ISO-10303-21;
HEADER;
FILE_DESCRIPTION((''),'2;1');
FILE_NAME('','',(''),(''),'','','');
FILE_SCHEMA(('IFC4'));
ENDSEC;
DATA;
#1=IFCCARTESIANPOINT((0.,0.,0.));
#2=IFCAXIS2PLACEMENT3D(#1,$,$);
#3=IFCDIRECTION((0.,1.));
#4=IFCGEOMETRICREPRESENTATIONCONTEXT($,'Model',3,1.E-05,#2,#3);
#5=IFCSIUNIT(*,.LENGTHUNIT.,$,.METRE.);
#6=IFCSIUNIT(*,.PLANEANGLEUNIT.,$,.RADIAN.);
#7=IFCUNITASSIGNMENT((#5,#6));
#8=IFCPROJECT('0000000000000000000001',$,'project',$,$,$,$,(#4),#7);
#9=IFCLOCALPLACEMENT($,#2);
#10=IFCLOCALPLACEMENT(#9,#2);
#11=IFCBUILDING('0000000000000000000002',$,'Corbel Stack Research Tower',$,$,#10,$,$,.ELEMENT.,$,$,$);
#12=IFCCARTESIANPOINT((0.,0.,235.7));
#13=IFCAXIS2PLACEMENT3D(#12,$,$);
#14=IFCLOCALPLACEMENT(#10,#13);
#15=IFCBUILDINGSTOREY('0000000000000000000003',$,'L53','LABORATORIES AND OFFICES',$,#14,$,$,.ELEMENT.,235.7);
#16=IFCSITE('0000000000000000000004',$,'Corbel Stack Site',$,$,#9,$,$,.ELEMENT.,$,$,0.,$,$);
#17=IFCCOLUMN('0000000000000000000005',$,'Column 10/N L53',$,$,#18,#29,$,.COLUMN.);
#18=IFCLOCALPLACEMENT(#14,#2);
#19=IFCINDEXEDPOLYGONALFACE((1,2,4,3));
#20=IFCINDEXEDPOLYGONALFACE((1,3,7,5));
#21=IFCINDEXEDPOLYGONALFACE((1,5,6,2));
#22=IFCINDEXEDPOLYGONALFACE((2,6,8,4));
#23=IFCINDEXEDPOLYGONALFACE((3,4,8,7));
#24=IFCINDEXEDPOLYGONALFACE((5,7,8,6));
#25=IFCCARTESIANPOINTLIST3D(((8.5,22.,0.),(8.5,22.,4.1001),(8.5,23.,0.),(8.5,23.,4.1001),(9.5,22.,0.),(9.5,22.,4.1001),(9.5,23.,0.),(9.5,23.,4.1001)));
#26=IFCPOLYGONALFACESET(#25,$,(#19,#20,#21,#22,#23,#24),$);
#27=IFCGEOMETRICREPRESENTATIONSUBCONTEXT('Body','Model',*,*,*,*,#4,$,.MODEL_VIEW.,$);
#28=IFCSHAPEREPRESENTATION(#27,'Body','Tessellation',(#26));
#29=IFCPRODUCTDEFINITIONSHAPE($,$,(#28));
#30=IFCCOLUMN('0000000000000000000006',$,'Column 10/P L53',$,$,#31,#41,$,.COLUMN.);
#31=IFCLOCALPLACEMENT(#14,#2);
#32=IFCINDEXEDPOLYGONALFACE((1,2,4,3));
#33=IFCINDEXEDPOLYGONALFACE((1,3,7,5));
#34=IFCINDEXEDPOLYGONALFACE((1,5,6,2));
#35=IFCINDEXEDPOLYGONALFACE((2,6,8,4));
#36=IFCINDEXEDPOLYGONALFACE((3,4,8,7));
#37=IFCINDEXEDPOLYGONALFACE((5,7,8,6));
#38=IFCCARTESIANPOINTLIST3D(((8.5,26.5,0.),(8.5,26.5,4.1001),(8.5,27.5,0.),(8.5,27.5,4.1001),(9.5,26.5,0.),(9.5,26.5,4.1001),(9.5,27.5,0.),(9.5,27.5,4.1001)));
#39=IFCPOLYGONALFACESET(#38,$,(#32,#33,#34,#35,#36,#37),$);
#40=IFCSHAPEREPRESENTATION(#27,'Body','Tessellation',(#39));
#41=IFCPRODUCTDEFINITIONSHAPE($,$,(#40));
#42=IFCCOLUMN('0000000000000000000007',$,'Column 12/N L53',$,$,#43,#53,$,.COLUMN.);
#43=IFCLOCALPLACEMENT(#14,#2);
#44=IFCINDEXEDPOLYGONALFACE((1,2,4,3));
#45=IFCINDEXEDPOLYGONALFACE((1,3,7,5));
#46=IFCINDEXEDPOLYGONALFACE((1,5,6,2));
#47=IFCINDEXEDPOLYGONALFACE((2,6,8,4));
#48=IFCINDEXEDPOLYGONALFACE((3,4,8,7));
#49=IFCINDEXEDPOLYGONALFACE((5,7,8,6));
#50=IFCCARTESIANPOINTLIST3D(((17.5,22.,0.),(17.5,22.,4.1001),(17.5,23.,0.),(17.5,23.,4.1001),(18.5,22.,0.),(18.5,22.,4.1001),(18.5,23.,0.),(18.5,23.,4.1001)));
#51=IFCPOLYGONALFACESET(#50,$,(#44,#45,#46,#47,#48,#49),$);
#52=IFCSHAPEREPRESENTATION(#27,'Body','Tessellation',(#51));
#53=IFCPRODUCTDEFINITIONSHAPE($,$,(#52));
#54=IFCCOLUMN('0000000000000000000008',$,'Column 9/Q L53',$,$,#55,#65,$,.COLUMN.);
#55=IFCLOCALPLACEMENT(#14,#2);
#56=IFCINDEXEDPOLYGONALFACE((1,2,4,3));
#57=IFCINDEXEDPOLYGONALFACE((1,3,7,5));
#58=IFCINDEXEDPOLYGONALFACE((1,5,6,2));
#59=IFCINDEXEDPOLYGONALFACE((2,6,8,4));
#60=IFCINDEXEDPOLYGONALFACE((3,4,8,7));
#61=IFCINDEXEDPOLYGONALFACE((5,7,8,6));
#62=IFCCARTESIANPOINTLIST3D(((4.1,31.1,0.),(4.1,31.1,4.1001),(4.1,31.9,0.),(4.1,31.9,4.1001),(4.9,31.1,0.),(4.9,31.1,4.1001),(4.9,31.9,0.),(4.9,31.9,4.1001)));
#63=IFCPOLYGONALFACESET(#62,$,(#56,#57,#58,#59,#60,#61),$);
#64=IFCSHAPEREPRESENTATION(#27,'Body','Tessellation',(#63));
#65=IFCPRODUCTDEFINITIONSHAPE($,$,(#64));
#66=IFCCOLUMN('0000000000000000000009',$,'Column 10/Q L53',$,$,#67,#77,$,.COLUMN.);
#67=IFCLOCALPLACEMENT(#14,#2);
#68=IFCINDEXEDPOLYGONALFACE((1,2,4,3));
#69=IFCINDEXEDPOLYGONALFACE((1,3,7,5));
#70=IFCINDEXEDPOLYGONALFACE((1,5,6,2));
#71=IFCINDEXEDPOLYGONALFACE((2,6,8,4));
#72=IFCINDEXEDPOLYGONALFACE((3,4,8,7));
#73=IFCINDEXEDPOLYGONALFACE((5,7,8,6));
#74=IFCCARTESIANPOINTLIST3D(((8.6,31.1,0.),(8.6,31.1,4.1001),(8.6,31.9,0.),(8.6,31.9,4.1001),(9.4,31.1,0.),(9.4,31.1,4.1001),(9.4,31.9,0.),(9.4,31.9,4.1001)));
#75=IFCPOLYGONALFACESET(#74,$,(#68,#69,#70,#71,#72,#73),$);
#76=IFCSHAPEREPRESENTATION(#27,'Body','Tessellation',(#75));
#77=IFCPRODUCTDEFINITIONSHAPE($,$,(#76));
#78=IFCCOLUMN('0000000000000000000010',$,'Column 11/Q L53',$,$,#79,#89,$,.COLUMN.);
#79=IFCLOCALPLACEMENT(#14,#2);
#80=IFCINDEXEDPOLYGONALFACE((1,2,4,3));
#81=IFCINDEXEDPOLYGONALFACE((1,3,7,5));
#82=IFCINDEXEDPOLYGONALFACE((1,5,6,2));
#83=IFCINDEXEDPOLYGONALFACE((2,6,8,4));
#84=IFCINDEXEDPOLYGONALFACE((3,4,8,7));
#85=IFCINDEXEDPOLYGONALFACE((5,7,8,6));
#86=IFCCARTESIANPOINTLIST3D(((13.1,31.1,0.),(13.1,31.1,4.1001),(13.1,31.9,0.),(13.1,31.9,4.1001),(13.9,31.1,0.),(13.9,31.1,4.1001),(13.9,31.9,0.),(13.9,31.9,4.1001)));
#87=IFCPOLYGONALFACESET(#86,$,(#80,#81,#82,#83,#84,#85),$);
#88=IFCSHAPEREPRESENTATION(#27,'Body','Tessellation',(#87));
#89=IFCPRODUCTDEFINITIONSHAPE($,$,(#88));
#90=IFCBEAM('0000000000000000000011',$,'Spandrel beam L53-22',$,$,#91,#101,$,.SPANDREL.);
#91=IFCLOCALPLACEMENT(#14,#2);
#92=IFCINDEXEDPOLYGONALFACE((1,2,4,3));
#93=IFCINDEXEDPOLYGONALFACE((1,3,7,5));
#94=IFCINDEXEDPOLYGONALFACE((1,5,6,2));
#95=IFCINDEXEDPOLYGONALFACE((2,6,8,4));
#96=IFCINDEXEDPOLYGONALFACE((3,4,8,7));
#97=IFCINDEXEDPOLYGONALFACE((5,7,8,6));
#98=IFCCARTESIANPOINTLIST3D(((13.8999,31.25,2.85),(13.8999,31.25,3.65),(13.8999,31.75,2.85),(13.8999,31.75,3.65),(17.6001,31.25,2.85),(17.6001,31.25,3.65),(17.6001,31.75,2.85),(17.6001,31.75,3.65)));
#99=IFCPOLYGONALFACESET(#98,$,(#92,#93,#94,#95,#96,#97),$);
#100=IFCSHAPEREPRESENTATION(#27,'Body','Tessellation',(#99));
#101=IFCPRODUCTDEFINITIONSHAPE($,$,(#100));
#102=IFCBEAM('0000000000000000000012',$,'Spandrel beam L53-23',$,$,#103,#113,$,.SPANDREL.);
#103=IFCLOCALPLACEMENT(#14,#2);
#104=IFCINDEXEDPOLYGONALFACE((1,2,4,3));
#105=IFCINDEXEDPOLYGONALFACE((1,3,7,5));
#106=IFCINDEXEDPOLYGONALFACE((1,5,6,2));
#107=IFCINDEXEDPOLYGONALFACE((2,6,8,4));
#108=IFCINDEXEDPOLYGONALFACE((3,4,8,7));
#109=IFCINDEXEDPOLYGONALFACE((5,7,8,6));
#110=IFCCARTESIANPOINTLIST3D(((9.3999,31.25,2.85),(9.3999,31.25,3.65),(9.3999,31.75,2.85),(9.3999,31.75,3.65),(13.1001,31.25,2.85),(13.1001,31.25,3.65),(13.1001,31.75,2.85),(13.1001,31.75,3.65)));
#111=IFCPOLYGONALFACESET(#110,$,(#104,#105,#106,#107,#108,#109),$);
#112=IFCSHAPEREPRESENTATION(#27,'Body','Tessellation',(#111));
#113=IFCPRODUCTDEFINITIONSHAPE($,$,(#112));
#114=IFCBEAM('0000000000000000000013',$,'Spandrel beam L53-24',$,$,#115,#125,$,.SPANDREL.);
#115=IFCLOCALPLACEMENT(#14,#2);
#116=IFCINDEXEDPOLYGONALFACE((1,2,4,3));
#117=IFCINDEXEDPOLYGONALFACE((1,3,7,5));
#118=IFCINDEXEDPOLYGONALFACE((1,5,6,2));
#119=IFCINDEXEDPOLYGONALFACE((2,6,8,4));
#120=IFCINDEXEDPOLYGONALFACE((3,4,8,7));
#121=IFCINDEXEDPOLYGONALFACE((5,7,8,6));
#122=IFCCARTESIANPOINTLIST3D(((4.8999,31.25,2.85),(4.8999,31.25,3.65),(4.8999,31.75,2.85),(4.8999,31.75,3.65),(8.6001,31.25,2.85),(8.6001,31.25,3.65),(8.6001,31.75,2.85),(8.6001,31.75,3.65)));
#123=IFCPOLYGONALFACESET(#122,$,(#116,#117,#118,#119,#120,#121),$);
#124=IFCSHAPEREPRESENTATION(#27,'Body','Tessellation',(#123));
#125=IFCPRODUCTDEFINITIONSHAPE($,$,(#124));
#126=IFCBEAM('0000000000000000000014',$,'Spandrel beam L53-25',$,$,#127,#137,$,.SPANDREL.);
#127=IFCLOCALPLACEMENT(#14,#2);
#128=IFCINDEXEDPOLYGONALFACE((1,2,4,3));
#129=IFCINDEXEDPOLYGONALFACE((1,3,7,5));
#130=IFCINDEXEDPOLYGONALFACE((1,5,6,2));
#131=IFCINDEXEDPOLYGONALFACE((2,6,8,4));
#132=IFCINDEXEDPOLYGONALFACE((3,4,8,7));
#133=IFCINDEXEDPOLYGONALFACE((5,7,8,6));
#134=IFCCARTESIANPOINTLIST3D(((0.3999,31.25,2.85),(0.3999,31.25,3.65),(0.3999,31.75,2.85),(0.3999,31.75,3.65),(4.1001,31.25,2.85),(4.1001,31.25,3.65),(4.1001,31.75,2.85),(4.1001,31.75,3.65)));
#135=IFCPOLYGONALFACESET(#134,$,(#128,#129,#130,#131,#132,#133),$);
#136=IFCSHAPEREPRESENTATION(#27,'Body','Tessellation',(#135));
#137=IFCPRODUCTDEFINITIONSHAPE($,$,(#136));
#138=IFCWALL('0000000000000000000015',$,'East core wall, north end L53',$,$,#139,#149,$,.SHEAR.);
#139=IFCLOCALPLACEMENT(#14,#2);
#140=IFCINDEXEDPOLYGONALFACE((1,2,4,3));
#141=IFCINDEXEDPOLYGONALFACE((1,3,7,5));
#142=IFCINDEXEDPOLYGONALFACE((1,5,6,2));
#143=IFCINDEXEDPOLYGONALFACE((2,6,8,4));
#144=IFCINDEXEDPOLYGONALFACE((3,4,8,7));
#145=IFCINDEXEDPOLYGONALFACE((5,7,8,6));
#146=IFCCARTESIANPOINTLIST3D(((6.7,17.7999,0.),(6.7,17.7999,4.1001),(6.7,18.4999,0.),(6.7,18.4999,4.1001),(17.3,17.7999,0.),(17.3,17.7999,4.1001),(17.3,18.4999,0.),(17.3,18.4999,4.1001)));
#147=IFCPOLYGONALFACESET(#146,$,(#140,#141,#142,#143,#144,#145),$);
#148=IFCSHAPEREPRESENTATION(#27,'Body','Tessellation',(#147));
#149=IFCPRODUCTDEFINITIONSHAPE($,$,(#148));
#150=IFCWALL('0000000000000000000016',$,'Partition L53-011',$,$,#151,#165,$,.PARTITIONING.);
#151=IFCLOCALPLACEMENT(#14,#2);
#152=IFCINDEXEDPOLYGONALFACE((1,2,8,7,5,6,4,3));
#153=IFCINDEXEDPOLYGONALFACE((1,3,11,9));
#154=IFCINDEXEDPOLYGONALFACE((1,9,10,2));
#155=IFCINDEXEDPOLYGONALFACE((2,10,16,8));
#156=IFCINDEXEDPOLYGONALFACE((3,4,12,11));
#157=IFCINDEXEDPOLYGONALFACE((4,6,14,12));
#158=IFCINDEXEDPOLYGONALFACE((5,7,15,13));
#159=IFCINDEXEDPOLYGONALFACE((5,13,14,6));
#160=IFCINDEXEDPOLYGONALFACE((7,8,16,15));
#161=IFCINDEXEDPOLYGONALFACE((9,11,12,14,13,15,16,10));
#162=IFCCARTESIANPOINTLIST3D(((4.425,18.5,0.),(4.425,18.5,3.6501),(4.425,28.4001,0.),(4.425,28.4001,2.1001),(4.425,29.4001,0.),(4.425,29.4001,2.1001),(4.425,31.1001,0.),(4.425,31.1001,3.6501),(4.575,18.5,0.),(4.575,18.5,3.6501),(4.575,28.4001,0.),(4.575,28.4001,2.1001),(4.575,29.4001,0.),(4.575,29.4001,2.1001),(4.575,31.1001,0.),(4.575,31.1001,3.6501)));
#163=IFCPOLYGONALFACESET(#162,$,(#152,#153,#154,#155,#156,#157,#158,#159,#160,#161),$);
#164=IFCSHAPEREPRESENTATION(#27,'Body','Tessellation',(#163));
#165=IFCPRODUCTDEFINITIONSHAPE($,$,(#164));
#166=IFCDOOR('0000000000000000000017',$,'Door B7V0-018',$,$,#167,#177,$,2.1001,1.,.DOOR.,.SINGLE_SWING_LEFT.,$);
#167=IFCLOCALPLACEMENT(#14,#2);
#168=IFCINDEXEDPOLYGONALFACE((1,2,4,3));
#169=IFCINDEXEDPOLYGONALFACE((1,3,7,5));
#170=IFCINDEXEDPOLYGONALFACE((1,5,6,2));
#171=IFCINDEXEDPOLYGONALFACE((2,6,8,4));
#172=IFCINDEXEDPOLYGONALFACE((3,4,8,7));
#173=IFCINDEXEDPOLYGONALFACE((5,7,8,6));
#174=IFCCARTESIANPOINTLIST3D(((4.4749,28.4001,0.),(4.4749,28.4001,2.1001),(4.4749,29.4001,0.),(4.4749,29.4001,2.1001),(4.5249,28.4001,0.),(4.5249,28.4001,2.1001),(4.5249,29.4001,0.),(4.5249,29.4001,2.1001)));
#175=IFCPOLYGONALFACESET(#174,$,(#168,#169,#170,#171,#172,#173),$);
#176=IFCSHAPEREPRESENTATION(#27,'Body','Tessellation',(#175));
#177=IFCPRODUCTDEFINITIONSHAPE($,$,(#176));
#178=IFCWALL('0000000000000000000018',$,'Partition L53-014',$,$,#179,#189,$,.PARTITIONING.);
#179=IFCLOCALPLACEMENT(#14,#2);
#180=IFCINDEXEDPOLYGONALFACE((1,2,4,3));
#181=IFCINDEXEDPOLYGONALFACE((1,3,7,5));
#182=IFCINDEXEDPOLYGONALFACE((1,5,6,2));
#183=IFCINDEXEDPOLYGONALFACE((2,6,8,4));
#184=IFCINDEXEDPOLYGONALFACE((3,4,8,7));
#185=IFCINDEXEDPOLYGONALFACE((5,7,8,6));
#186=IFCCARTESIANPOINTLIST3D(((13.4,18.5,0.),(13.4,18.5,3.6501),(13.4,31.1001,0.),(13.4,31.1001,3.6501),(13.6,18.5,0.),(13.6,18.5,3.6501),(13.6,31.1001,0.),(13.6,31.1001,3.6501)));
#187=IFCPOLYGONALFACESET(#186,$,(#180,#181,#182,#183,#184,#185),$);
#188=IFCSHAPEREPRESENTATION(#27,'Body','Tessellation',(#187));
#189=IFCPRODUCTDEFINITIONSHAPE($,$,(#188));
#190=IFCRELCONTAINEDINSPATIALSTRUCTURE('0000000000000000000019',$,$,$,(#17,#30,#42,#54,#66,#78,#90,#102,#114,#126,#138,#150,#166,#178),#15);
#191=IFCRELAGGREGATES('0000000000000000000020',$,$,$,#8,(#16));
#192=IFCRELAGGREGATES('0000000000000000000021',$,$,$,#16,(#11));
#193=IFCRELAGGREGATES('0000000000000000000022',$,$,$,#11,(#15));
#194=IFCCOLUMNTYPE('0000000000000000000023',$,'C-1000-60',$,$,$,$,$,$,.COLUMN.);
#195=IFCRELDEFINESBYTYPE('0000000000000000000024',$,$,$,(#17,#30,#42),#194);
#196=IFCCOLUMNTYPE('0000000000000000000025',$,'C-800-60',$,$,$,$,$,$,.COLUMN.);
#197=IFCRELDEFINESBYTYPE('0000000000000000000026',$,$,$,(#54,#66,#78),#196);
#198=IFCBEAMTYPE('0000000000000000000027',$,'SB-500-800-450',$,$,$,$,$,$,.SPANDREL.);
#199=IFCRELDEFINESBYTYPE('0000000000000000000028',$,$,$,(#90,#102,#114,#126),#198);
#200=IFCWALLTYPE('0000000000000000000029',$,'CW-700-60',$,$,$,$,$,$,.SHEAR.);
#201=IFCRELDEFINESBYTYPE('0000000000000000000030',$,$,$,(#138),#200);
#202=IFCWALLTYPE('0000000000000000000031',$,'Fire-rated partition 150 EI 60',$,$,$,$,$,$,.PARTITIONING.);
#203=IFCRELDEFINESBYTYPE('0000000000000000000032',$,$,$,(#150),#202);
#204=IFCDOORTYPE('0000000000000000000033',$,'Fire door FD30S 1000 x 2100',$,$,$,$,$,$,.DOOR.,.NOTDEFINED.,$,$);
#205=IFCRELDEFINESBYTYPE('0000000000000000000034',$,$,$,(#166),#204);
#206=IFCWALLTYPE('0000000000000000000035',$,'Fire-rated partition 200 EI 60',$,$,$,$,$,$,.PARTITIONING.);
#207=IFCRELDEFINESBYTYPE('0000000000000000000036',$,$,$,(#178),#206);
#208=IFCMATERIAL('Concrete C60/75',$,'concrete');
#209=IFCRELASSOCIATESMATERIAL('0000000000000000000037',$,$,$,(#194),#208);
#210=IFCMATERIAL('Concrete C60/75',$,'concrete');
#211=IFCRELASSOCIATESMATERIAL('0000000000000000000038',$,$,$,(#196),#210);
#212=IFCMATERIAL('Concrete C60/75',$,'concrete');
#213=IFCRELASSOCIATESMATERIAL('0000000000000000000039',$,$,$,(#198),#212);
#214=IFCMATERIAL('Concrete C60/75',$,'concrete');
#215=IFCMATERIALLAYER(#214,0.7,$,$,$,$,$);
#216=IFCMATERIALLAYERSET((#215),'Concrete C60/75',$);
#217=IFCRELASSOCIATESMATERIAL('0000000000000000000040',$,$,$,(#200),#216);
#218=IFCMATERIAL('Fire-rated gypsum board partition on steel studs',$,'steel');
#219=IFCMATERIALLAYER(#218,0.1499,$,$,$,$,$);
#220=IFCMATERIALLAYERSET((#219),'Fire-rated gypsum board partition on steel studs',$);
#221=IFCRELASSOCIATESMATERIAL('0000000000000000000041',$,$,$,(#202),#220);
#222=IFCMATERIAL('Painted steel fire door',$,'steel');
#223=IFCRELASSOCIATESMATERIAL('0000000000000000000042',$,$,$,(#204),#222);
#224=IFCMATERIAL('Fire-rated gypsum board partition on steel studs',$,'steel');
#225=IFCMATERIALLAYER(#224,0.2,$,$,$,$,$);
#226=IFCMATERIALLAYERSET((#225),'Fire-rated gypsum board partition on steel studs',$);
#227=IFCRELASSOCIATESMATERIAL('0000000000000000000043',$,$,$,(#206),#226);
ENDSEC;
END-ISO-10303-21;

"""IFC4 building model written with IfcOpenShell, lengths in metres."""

from ifc_helpers import new_model, si_unit, direction, frame, frame_2d, origin, origin_2d, place, context, subcontext, project, spatial, rectangle, extrude, material, layer, layer_set, material_profile, profile_set, type_object, element, fill, save


model = new_model("IFC4")

# Units and contexts
model_context = context("Model", 3, precision=1e-05, world=origin(), true_north=direction((0.0, 1.0)))
body_context = subcontext(model_context, "Body", "Model", "MODEL_VIEW")
ifc_project = project(units=[si_unit("LENGTHUNIT", "METRE"), si_unit("PLANEANGLEUNIT", "RADIAN")], contexts=[model_context])

# Site, building, storey
site_placement = place(None, origin())
site = spatial("IfcSite", under=ifc_project, at=site_placement, Name="Corbel Stack Site", CompositionType="ELEMENT", RefElevation=0.0)
building_placement = place(site_placement, origin())
building = spatial("IfcBuilding", under=site, at=building_placement, Name="Corbel Stack Research Tower", CompositionType="ELEMENT")
storey_placement = place(building_placement, frame((0.0, 0.0, 235.7)))
storey = spatial("IfcBuildingStorey", under=building, at=storey_placement, Name="L53", Description="LABORATORIES AND OFFICES", CompositionType="ELEMENT", Elevation=235.7)

# Columns
ifc_material_1 = material(Name="Concrete C60/75", Category="concrete")
ifc_material_profile_1 = material_profile(ifc_material_1, rectangle(XDim=1.0, YDim=1.0, at=origin_2d()), Name="RC 1000 x 1000")
ifc_profile_set_1 = profile_set([ifc_material_profile_1], Name="Concrete C60/75")
column_type_1 = type_object("IfcColumnType", Name="C-1000-60", PredefinedType="COLUMN", material=ifc_profile_set_1)
for number, where, z_axis, x_axis, name in (
    (1, (9.0, 22.5, 0.0), (0.0, 0.0, 1.0), (1.0, 0.0, 0.0), "Column 10/N L53"),
    (2, (9.0, 27.0, 0.0), (0.0, 0.0, 1.0), (1.0, 0.0, 0.0), "Column 10/P L53"),
    (3, (18.0, 22.5, 0.0), (0.0, 0.0, 1.0), (1.0, 0.0, 0.0), "Column 12/N L53"),
):
    element("IfcColumn", number, at=place(storey_placement, frame(where, z_axis=z_axis, x_axis=x_axis)), inside=storey, type_object=column_type_1, Name=name, PredefinedType="COLUMN", context=body_context, shape_type="SweptSolid", body=[
        extrude(rectangle(XDim=1.0, YDim=1.0, at=origin_2d()), origin(), (0.0, 0.0, 1.0), 4.1001),
    ])
ifc_material_2 = material(Name="Concrete C60/75", Category="concrete")
ifc_material_profile_2 = material_profile(ifc_material_2, rectangle(XDim=0.8, YDim=0.8, at=origin_2d()), Name="RC 800 x 800")
ifc_profile_set_2 = profile_set([ifc_material_profile_2], Name="Concrete C60/75")
column_type_2 = type_object("IfcColumnType", Name="C-800-60", PredefinedType="COLUMN", material=ifc_profile_set_2)
for number, where, z_axis, x_axis, name in (
    (4, (4.5, 31.5, 0.0), (0.0, 0.0, 1.0), (1.0, 0.0, 0.0), "Column 9/Q L53"),
    (5, (9.0, 31.5, 0.0), (0.0, 0.0, 1.0), (1.0, 0.0, 0.0), "Column 10/Q L53"),
    (6, (13.5, 31.5, 0.0), (0.0, 0.0, 1.0), (1.0, 0.0, 0.0), "Column 11/Q L53"),
):
    element("IfcColumn", number, at=place(storey_placement, frame(where, z_axis=z_axis, x_axis=x_axis)), inside=storey, type_object=column_type_2, Name=name, PredefinedType="COLUMN", context=body_context, shape_type="SweptSolid", body=[
        extrude(rectangle(XDim=0.8, YDim=0.8, at=origin_2d()), origin(), (0.0, 0.0, 1.0), 4.1001),
    ])

# Beams
ifc_material_3 = material(Name="Concrete C60/75", Category="concrete")
ifc_material_profile_3 = material_profile(ifc_material_3, rectangle(XDim=0.5, YDim=0.8, at=origin_2d()), Name="RC 500 x 800")
ifc_profile_set_3 = profile_set([ifc_material_profile_3], Name="Concrete C60/75")
beam_type = type_object("IfcBeamType", Name="SB-500-800-450", PredefinedType="SPANDREL", material=ifc_profile_set_3)
for number, where, z_axis, x_axis, name in (
    (7, (17.6001, 31.5, 3.25), (-1.0, 0.0, 0.0), (0.0, -1.0, 0.0), "Spandrel beam L53-22"),
    (8, (13.1001, 31.5, 3.25), (-1.0, 0.0, 0.0), (0.0, -1.0, 0.0), "Spandrel beam L53-23"),
    (9, (8.6001, 31.5, 3.25), (-1.0, 0.0, 0.0), (0.0, -1.0, 0.0), "Spandrel beam L53-24"),
    (10, (4.1001, 31.5, 3.25), (-1.0, 0.0, 0.0), (0.0, -1.0, 0.0), "Spandrel beam L53-25"),
):
    element("IfcBeam", number, at=place(storey_placement, frame(where, z_axis=z_axis, x_axis=x_axis)), inside=storey, type_object=beam_type, Name=name, PredefinedType="SPANDREL", context=body_context, shape_type="SweptSolid", body=[
        extrude(rectangle(XDim=0.5, YDim=0.8, at=origin_2d()), origin(), (0.0, 0.0, 1.0), 3.7002),
    ])

# Wall
ifc_material_4 = material(Name="Concrete C60/75", Category="concrete")
ifc_layer_1 = layer(ifc_material_4, 0.7)
ifc_layer_set_1 = layer_set([ifc_layer_1], Name="Concrete C60/75")
wall_type_1 = type_object("IfcWallType", Name="CW-700-60", PredefinedType="SHEAR", material=ifc_layer_set_1)
wall_1_placement = place(storey_placement, frame((6.7, 18.1499, 0.0), z_axis=(0.0, 0.0, 1.0), x_axis=(1.0, 0.0, 0.0)))
element("IfcWall", 11, at=wall_1_placement, inside=storey, type_object=wall_type_1, Name="East core wall, north end L53", PredefinedType="SHEAR", context=body_context, shape_type="SweptSolid", body=[
    extrude(rectangle(XDim=10.6001, YDim=0.7, at=frame_2d((5.3, 0.0))), origin(), (0.0, 0.0, 1.0), 4.1001),
])

# Wall, opening, door
ifc_material_5 = material(Name="Fire-rated gypsum board partition on steel studs", Category="steel")
ifc_layer_2 = layer(ifc_material_5, 0.1499)
ifc_layer_set_2 = layer_set([ifc_layer_2], Name="Fire-rated gypsum board partition on steel studs")
wall_type_2 = type_object("IfcWallType", Name="Fire-rated partition 150 EI 60", PredefinedType="PARTITIONING", material=ifc_layer_set_2)
wall_2_placement = place(storey_placement, frame((4.5, 31.1001, 0.0), z_axis=(0.0, 0.0, 1.0), x_axis=(0.0, -1.0, 0.0)))
wall_2 = element("IfcWall", 12, at=wall_2_placement, inside=storey, type_object=wall_type_2, Name="Partition L53-011", PredefinedType="PARTITIONING", context=body_context, shape_type="SweptSolid", body=[
    extrude(rectangle(XDim=12.6001, YDim=0.1499, at=frame_2d((6.3, 0.0))), origin(), (0.0, 0.0, 1.0), 3.6501),
])
opening_1_placement = place(wall_2_placement, frame((1.7, 0.0, 0.0)))
opening_1 = element("IfcOpeningElement", 13, at=opening_1_placement, cuts=wall_2, PredefinedType="OPENING", context=body_context, shape_type="SweptSolid", body=[
    extrude(rectangle(XDim=1.0, YDim=2.1001, at=frame_2d((0.5, 1.05))), frame((0.0, 0.085, 0.0), z_axis=(0.0, -1.0, 0.0), x_axis=(1.0, 0.0, 0.0)), (0.0, 0.0, 1.0), 0.1699),
])
ifc_material_6 = material(Name="Painted steel fire door", Category="steel")
door_type_1 = type_object("IfcDoorType", Name="Fire door FD30S 1000 x 2100", OperationType="NOTDEFINED", PredefinedType="DOOR", material=ifc_material_6)
door_1_placement = place(opening_1_placement, origin())
door_1 = element("IfcDoor", 14, at=door_1_placement, inside=storey, type_object=door_type_1, Name="Door B7V0-018", OperationType="SINGLE_SWING_LEFT", OverallHeight=2.1001, OverallWidth=1.0, PredefinedType="DOOR", context=body_context, shape_type="SweptSolid", body=[
    extrude(rectangle(XDim=1.0, YDim=2.1001, at=frame_2d((0.5, 1.05))), frame((0.0, 0.0249, 0.0), z_axis=(0.0, -1.0, 0.0), x_axis=(1.0, 0.0, 0.0)), (0.0, 0.0, 1.0), 0.05),
])
fill(opening_1, door_1)

# Wall
ifc_material_7 = material(Name="Fire-rated gypsum board partition on steel studs", Category="steel")
ifc_layer_3 = layer(ifc_material_7, 0.2)
ifc_layer_set_3 = layer_set([ifc_layer_3], Name="Fire-rated gypsum board partition on steel studs")
wall_type_3 = type_object("IfcWallType", Name="Fire-rated partition 200 EI 60", PredefinedType="PARTITIONING", material=ifc_layer_set_3)
wall_3_placement = place(storey_placement, frame((13.5, 18.5, 0.0), z_axis=(0.0, 0.0, 1.0), x_axis=(0.0, 1.0, 0.0)))
element("IfcWall", 15, at=wall_3_placement, inside=storey, type_object=wall_type_3, Name="Partition L53-014", PredefinedType="PARTITIONING", context=body_context, shape_type="SweptSolid", body=[
    extrude(rectangle(XDim=12.6001, YDim=0.2, at=frame_2d((6.3, 0.0))), origin(), (0.0, 0.0, 1.0), 3.6501),
])

save(model, "model.ifc")
